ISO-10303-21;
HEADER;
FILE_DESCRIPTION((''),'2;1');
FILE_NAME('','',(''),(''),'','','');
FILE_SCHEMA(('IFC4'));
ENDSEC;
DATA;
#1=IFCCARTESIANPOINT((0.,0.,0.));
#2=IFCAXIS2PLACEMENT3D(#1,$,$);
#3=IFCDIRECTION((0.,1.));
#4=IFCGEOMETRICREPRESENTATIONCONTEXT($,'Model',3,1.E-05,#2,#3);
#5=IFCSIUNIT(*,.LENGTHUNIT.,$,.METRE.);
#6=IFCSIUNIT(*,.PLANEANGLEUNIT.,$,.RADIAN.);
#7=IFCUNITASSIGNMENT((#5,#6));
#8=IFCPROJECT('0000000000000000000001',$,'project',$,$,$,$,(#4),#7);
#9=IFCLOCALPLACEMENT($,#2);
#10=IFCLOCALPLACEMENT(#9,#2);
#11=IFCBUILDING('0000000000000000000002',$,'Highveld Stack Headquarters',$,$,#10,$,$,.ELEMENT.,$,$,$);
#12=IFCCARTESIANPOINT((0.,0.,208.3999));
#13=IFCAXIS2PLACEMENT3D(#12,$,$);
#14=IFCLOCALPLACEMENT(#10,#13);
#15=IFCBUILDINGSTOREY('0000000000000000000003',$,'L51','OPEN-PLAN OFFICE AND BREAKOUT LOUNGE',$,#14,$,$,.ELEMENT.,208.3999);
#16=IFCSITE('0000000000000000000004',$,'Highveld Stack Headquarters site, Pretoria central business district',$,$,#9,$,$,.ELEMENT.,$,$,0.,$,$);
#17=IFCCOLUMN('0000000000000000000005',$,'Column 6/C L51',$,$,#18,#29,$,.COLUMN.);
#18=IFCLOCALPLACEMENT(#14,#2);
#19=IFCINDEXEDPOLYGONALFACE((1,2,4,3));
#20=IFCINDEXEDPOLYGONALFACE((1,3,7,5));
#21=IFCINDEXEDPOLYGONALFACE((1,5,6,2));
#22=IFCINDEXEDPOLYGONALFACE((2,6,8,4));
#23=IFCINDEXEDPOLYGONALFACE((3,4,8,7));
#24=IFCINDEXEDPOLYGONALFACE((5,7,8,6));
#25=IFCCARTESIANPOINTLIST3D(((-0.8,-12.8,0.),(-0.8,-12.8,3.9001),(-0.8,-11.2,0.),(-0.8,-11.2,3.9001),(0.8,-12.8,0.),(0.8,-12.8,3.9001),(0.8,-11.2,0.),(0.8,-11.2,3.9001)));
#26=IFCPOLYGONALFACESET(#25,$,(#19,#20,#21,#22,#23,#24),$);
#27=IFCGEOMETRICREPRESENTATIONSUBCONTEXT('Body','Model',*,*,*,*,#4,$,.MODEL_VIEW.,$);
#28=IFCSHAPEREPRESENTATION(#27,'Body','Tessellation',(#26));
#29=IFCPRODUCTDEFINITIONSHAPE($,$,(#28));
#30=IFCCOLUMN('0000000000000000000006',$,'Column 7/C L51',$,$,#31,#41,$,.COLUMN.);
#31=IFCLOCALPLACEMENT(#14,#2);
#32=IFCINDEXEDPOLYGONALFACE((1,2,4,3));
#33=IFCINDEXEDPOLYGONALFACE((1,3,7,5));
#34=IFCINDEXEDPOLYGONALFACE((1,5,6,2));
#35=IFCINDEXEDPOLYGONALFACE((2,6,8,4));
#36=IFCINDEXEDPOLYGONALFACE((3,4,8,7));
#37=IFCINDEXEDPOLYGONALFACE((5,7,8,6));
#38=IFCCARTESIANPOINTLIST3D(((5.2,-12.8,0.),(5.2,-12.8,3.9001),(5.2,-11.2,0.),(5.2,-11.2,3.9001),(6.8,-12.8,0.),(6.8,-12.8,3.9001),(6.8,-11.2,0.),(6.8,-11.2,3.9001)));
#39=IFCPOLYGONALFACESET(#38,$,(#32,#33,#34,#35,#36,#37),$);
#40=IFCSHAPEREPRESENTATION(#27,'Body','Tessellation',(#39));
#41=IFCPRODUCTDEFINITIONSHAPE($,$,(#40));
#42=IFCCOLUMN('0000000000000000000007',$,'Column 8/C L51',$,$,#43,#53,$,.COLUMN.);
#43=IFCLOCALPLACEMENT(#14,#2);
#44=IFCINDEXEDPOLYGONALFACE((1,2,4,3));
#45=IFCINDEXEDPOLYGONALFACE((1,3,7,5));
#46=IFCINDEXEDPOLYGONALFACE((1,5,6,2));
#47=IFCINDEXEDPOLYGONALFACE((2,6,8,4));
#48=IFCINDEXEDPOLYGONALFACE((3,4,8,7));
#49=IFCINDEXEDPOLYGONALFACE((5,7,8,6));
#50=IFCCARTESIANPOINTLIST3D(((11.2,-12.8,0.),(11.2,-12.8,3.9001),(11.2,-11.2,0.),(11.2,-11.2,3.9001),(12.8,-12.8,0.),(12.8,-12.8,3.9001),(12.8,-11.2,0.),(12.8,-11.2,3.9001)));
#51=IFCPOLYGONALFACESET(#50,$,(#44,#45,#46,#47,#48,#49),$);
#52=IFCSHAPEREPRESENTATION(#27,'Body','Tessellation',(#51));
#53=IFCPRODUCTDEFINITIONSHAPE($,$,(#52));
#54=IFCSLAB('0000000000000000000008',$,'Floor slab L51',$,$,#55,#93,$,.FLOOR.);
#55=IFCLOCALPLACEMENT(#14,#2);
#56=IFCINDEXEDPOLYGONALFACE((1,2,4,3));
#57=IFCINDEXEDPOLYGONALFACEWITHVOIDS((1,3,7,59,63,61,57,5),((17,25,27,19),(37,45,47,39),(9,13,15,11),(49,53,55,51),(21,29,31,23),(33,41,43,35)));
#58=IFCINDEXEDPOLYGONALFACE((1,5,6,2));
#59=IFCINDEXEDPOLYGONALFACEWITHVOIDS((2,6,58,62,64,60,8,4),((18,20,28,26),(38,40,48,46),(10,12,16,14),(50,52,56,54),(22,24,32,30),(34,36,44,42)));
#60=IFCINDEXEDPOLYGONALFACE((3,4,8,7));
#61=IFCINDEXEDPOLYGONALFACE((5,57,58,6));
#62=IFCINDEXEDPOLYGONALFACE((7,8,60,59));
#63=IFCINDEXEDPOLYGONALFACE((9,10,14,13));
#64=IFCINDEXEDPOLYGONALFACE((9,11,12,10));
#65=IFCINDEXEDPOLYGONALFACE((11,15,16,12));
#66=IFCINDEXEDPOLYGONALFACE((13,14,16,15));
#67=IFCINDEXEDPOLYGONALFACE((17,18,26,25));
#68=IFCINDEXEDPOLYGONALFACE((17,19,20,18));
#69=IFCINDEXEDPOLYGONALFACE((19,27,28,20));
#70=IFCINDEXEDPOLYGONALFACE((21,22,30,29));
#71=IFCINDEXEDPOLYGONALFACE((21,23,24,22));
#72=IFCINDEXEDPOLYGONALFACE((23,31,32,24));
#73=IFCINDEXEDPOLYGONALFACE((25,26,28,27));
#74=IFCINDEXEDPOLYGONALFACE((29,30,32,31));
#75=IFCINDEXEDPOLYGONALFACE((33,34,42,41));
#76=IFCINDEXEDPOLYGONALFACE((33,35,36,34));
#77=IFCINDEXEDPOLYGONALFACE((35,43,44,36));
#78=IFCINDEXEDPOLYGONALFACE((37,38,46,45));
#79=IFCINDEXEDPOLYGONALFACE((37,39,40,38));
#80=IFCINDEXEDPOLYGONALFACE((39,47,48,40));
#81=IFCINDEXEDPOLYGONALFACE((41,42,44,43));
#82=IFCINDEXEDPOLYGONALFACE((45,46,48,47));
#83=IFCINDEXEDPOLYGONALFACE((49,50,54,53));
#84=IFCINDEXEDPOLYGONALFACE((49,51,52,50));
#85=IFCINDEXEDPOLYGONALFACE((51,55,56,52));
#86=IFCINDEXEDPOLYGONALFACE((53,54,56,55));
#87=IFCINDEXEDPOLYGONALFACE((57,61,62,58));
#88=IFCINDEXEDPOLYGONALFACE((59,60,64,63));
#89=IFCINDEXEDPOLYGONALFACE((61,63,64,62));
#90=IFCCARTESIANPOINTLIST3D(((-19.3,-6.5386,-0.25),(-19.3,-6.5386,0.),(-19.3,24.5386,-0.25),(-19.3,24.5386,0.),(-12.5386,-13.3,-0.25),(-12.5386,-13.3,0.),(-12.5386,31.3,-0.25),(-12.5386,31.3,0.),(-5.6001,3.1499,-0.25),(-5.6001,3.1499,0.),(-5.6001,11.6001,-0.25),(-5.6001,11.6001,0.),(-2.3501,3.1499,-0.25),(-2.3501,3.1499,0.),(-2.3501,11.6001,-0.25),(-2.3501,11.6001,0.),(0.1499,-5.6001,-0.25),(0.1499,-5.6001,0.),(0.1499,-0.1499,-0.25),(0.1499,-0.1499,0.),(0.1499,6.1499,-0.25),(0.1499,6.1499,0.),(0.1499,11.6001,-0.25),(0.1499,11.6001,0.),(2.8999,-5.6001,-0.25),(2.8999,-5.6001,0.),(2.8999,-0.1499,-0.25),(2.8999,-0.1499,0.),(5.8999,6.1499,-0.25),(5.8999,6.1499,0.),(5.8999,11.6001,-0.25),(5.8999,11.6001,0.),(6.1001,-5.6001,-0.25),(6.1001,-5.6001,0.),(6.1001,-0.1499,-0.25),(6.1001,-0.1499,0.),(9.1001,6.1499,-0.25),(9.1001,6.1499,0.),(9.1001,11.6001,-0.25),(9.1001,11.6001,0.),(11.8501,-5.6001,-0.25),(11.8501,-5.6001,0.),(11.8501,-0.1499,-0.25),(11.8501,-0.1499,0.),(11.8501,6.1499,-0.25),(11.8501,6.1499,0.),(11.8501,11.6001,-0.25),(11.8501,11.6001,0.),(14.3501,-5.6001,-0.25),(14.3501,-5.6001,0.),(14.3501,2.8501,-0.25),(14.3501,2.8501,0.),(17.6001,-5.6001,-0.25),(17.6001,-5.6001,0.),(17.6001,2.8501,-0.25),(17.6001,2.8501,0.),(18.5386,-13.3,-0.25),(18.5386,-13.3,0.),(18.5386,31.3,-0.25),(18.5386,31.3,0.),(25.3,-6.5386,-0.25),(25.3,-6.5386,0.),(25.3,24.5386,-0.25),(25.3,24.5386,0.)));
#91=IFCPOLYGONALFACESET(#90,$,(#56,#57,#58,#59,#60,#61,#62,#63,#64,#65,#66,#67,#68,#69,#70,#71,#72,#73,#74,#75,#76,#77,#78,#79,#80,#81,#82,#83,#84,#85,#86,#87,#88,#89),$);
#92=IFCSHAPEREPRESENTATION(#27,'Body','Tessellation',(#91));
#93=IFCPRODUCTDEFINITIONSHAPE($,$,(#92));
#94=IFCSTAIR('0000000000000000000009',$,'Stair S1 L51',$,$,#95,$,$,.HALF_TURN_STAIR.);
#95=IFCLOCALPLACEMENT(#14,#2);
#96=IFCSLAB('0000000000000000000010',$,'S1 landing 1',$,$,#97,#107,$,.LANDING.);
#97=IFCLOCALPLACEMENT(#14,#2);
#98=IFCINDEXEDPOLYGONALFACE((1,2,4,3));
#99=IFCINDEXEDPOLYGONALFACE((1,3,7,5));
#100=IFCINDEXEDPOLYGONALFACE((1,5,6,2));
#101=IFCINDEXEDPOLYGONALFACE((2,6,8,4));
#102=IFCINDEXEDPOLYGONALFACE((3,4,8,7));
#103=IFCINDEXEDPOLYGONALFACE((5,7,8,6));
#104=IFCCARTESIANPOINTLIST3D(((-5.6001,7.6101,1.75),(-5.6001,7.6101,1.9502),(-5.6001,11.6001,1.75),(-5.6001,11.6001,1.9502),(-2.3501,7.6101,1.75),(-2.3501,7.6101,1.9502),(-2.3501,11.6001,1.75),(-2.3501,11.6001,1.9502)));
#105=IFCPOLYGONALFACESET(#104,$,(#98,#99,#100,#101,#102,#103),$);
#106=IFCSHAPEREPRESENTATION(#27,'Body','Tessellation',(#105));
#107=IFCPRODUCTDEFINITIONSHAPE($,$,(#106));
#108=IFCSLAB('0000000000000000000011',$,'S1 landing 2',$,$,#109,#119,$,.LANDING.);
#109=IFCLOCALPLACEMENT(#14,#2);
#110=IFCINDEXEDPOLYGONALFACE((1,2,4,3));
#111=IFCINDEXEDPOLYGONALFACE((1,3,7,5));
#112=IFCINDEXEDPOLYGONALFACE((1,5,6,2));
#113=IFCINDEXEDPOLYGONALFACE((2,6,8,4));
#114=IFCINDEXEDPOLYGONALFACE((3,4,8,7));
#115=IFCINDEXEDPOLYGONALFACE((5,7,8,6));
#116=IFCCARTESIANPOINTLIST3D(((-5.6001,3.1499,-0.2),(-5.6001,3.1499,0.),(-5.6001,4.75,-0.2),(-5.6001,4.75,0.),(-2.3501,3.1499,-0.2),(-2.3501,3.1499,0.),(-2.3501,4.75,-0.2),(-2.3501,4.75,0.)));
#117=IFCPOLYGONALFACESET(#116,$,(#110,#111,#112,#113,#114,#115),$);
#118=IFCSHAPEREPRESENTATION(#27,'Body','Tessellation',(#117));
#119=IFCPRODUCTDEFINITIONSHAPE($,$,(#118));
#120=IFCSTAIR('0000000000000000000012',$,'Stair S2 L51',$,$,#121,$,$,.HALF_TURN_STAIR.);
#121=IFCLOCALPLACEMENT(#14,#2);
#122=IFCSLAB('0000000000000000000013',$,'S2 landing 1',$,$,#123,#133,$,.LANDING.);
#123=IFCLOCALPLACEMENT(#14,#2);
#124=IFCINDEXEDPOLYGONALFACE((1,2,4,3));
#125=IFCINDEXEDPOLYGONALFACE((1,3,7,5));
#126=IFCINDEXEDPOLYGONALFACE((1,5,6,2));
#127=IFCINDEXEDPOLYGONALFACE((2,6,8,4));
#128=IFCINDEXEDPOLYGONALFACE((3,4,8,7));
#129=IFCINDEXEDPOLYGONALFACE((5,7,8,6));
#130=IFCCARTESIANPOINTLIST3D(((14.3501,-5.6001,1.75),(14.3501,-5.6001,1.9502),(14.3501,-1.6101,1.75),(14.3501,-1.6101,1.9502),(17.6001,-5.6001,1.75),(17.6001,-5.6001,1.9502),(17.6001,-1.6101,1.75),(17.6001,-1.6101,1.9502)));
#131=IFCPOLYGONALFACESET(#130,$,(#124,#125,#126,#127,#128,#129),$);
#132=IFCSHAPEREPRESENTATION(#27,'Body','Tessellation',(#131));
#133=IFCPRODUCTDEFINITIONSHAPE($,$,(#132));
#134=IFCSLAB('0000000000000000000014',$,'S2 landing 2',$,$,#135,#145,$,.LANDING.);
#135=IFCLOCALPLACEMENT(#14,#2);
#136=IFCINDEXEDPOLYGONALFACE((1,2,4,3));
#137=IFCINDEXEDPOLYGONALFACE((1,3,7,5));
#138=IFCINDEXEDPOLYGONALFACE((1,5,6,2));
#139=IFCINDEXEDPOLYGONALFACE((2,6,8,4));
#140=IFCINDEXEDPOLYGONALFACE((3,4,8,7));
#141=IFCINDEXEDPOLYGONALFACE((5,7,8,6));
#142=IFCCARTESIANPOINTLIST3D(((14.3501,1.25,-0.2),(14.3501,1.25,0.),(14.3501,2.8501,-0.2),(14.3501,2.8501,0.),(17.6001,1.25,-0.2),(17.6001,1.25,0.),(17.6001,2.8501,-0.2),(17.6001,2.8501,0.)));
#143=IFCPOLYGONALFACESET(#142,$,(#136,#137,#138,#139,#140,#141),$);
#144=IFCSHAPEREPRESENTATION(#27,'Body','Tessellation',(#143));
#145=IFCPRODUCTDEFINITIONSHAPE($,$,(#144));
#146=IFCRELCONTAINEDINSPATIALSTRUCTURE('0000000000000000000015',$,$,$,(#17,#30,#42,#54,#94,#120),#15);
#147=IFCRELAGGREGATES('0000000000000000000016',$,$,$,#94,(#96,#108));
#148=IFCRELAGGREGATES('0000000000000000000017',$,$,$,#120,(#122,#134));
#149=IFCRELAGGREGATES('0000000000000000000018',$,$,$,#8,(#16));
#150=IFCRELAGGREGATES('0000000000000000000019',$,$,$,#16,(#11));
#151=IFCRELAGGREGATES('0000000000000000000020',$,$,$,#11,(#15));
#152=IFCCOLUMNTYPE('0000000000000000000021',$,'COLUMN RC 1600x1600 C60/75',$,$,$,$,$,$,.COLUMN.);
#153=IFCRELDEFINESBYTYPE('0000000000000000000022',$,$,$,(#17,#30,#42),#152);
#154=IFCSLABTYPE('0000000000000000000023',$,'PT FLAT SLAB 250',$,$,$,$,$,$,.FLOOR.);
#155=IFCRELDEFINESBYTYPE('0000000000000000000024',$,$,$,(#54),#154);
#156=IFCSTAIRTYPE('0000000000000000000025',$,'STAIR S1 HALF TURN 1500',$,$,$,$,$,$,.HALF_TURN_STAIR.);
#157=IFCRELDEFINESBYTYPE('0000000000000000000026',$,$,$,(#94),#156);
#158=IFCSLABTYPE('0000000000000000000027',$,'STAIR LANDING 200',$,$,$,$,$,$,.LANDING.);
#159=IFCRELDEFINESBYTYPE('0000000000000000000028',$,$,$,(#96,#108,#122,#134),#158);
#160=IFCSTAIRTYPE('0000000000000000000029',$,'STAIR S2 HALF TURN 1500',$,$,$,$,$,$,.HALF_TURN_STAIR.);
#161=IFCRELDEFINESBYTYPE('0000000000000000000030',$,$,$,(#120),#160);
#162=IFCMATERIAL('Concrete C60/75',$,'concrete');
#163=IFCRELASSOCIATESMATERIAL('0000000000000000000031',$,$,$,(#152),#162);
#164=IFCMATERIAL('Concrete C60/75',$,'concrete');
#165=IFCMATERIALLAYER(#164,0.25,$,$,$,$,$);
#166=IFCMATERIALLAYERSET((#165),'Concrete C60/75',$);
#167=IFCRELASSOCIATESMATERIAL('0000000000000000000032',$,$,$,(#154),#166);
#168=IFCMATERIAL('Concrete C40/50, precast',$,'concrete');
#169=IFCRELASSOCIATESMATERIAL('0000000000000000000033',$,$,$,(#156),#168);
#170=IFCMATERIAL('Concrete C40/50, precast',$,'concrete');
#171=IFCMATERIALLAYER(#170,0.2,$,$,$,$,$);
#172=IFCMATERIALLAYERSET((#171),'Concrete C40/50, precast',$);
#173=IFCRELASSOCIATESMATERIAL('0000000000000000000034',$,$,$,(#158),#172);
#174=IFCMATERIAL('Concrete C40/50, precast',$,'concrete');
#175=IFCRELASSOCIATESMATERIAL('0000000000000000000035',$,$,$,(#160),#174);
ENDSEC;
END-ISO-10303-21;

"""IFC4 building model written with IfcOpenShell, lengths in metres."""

from ifc_helpers import new_model, si_unit, direction, frame, origin, origin_2d, place, context, subcontext, project, spatial, polyline, rectangle, outline, extrude, material, layer, layer_set, material_profile, profile_set, type_object, element, aggregate, save


model = new_model("IFC4")

# Units and contexts
model_context = context("Model", 3, precision=1e-05, world=origin(), true_north=direction((0.0, 1.0)))
body_context = subcontext(model_context, "Body", "Model", "MODEL_VIEW")
ifc_project = project(units=[si_unit("LENGTHUNIT", "METRE"), si_unit("PLANEANGLEUNIT", "RADIAN")], contexts=[model_context])

# Site, building, storey
site_placement = place(None, origin())
site = spatial("IfcSite", under=ifc_project, at=site_placement, Name="Highveld Stack Headquarters site, Pretoria central business district", CompositionType="ELEMENT", RefElevation=0.0)
building_placement = place(site_placement, origin())
building = spatial("IfcBuilding", under=site, at=building_placement, Name="Highveld Stack Headquarters", CompositionType="ELEMENT")
storey_placement = place(building_placement, frame((0.0, 0.0, 208.3999)))
storey = spatial("IfcBuildingStorey", under=building, at=storey_placement, Name="L51", Description="OPEN-PLAN OFFICE AND BREAKOUT LOUNGE", CompositionType="ELEMENT", Elevation=208.3999)

# Columns
ifc_material_1 = material(Name="Concrete C60/75", Category="concrete")
ifc_material_profile = material_profile(ifc_material_1, rectangle(XDim=1.6001, YDim=1.6001, at=origin_2d()), Name="RC 1600x1600")
ifc_profile_set = profile_set([ifc_material_profile], Name="Concrete C60/75")
column_type = type_object("IfcColumnType", Name="COLUMN RC 1600x1600 C60/75", PredefinedType="COLUMN", material=ifc_profile_set)
for number, where, z_axis, x_axis, name in (
    (1, (0.0, -12.0, 0.0), (0.0, 0.0, 1.0), (1.0, 0.0, 0.0), "Column 6/C L51"),
    (2, (6.0, -12.0, 0.0), (0.0, 0.0, 1.0), (1.0, 0.0, 0.0), "Column 7/C L51"),
    (3, (12.0, -12.0, 0.0), (0.0, 0.0, 1.0), (1.0, 0.0, 0.0), "Column 8/C L51"),
):
    element("IfcColumn", number, at=place(storey_placement, frame(where, z_axis=z_axis, x_axis=x_axis)), inside=storey, type_object=column_type, Name=name, PredefinedType="COLUMN", context=body_context, shape_type="SweptSolid", body=[
        extrude(rectangle(XDim=1.6001, YDim=1.6001, at=origin_2d()), origin(), (0.0, 0.0, 1.0), 3.9001),
    ])

# Slab
ifc_material_2 = material(Name="Concrete C60/75", Category="concrete")
ifc_layer_1 = layer(ifc_material_2, 0.25)
ifc_layer_set_1 = layer_set([ifc_layer_1], Name="Concrete C60/75")
slab_type_1 = type_object("IfcSlabType", Name="PT FLAT SLAB 250", PredefinedType="FLOOR", material=ifc_layer_set_1)
slab_1_placement = place(storey_placement, frame((0.0, 0.0, -0.25)))
element("IfcSlab", 4, at=slab_1_placement, inside=storey, type_object=slab_type_1, Name="Floor slab L51", PredefinedType="FLOOR", context=body_context, shape_type="SweptSolid", body=[
    extrude(outline(polyline([(-12.5386, -13.3), (18.5386, -13.3), (25.3, -6.5386), (25.3, 24.5386), (18.5386, 31.3), (-12.5386, 31.3), (-19.3, 24.5386), (-19.3, -6.5386), (-12.5386, -13.3)]), holes=[polyline([(0.1499, 6.1499), (5.8999, 6.1499), (5.8999, 11.6001), (0.1499, 11.6001), (0.1499, 6.1499)]), polyline([(9.1001, 6.1499), (11.8501, 6.1499), (11.8501, 11.6001), (9.1001, 11.6001), (9.1001, 6.1499)]), polyline([(6.1001, -5.6001), (11.8501, -5.6001), (11.8501, -0.1499), (6.1001, -0.1499), (6.1001, -5.6001)]), polyline([(0.1499, -5.6001), (2.8999, -5.6001), (2.8999, -0.1499), (0.1499, -0.1499), (0.1499, -5.6001)]), polyline([(-5.6001, 3.1499), (-2.3501, 3.1499), (-2.3501, 11.6001), (-5.6001, 11.6001), (-5.6001, 3.1499)]), polyline([(14.3501, -5.6001), (17.6001, -5.6001), (17.6001, 2.8501), (14.3501, 2.8501), (14.3501, -5.6001)])]), origin(), (0.0, 0.0, 1.0), 0.25),
])

# Stairs, slabs
ifc_material_3 = material(Name="Concrete C40/50, precast", Category="concrete")
stair_type_1 = type_object("IfcStairType", Name="STAIR S1 HALF TURN 1500", PredefinedType="HALF_TURN_STAIR", material=ifc_material_3)
stair_1_placement = place(storey_placement, origin())
stair_1 = element("IfcStair", 5, at=stair_1_placement, inside=storey, type_object=stair_type_1, Name="Stair S1 L51", PredefinedType="HALF_TURN_STAIR")
ifc_material_4 = material(Name="Concrete C40/50, precast", Category="concrete")
ifc_layer_2 = layer(ifc_material_4, 0.2)
ifc_layer_set_2 = layer_set([ifc_layer_2], Name="Concrete C40/50, precast")
slab_type_2 = type_object("IfcSlabType", Name="STAIR LANDING 200", PredefinedType="LANDING", material=ifc_layer_set_2)
slab_2_placement = place(storey_placement, frame((0.0, 0.0, 1.75)))
slab_2 = element("IfcSlab", 6, at=slab_2_placement, type_object=slab_type_2, Name="S1 landing 1", PredefinedType="LANDING", context=body_context, shape_type="SweptSolid", body=[
    extrude(outline(polyline([(-5.6001, 7.6101), (-2.3501, 7.6101), (-2.3501, 11.6001), (-5.6001, 11.6001), (-5.6001, 7.6101)])), origin(), (0.0, 0.0, 1.0), 0.2002),
])
slab_3_placement = place(storey_placement, frame((0.0, 0.0, -0.2)))
slab_3 = element("IfcSlab", 7, at=slab_3_placement, type_object=slab_type_2, Name="S1 landing 2", PredefinedType="LANDING", context=body_context, shape_type="SweptSolid", body=[
    extrude(outline(polyline([(-5.6001, 3.1499), (-2.3501, 3.1499), (-2.3501, 4.75), (-5.6001, 4.75), (-5.6001, 3.1499)])), origin(), (0.0, 0.0, 1.0), 0.2),
])
aggregate(stair_1, [slab_2, slab_3])
ifc_material_5 = material(Name="Concrete C40/50, precast", Category="concrete")
stair_type_2 = type_object("IfcStairType", Name="STAIR S2 HALF TURN 1500", PredefinedType="HALF_TURN_STAIR", material=ifc_material_5)
stair_2_placement = place(storey_placement, origin())
stair_2 = element("IfcStair", 8, at=stair_2_placement, inside=storey, type_object=stair_type_2, Name="Stair S2 L51", PredefinedType="HALF_TURN_STAIR")
slab_4_placement = place(storey_placement, frame((0.0, 0.0, 1.75)))
slab_4 = element("IfcSlab", 9, at=slab_4_placement, type_object=slab_type_2, Name="S2 landing 1", PredefinedType="LANDING", context=body_context, shape_type="SweptSolid", body=[
    extrude(outline(polyline([(14.3501, -5.6001), (17.6001, -5.6001), (17.6001, -1.6101), (14.3501, -1.6101), (14.3501, -5.6001)])), origin(), (0.0, 0.0, 1.0), 0.2002),
])
slab_5_placement = place(storey_placement, frame((0.0, 0.0, -0.2)))
slab_5 = element("IfcSlab", 10, at=slab_5_placement, type_object=slab_type_2, Name="S2 landing 2", PredefinedType="LANDING", context=body_context, shape_type="SweptSolid", body=[
    extrude(outline(polyline([(14.3501, 1.25), (17.6001, 1.25), (17.6001, 2.8501), (14.3501, 2.8501), (14.3501, 1.25)])), origin(), (0.0, 0.0, 1.0), 0.2),
])

aggregate(stair_2, [slab_4, slab_5])

save(model, "model.ifc")
